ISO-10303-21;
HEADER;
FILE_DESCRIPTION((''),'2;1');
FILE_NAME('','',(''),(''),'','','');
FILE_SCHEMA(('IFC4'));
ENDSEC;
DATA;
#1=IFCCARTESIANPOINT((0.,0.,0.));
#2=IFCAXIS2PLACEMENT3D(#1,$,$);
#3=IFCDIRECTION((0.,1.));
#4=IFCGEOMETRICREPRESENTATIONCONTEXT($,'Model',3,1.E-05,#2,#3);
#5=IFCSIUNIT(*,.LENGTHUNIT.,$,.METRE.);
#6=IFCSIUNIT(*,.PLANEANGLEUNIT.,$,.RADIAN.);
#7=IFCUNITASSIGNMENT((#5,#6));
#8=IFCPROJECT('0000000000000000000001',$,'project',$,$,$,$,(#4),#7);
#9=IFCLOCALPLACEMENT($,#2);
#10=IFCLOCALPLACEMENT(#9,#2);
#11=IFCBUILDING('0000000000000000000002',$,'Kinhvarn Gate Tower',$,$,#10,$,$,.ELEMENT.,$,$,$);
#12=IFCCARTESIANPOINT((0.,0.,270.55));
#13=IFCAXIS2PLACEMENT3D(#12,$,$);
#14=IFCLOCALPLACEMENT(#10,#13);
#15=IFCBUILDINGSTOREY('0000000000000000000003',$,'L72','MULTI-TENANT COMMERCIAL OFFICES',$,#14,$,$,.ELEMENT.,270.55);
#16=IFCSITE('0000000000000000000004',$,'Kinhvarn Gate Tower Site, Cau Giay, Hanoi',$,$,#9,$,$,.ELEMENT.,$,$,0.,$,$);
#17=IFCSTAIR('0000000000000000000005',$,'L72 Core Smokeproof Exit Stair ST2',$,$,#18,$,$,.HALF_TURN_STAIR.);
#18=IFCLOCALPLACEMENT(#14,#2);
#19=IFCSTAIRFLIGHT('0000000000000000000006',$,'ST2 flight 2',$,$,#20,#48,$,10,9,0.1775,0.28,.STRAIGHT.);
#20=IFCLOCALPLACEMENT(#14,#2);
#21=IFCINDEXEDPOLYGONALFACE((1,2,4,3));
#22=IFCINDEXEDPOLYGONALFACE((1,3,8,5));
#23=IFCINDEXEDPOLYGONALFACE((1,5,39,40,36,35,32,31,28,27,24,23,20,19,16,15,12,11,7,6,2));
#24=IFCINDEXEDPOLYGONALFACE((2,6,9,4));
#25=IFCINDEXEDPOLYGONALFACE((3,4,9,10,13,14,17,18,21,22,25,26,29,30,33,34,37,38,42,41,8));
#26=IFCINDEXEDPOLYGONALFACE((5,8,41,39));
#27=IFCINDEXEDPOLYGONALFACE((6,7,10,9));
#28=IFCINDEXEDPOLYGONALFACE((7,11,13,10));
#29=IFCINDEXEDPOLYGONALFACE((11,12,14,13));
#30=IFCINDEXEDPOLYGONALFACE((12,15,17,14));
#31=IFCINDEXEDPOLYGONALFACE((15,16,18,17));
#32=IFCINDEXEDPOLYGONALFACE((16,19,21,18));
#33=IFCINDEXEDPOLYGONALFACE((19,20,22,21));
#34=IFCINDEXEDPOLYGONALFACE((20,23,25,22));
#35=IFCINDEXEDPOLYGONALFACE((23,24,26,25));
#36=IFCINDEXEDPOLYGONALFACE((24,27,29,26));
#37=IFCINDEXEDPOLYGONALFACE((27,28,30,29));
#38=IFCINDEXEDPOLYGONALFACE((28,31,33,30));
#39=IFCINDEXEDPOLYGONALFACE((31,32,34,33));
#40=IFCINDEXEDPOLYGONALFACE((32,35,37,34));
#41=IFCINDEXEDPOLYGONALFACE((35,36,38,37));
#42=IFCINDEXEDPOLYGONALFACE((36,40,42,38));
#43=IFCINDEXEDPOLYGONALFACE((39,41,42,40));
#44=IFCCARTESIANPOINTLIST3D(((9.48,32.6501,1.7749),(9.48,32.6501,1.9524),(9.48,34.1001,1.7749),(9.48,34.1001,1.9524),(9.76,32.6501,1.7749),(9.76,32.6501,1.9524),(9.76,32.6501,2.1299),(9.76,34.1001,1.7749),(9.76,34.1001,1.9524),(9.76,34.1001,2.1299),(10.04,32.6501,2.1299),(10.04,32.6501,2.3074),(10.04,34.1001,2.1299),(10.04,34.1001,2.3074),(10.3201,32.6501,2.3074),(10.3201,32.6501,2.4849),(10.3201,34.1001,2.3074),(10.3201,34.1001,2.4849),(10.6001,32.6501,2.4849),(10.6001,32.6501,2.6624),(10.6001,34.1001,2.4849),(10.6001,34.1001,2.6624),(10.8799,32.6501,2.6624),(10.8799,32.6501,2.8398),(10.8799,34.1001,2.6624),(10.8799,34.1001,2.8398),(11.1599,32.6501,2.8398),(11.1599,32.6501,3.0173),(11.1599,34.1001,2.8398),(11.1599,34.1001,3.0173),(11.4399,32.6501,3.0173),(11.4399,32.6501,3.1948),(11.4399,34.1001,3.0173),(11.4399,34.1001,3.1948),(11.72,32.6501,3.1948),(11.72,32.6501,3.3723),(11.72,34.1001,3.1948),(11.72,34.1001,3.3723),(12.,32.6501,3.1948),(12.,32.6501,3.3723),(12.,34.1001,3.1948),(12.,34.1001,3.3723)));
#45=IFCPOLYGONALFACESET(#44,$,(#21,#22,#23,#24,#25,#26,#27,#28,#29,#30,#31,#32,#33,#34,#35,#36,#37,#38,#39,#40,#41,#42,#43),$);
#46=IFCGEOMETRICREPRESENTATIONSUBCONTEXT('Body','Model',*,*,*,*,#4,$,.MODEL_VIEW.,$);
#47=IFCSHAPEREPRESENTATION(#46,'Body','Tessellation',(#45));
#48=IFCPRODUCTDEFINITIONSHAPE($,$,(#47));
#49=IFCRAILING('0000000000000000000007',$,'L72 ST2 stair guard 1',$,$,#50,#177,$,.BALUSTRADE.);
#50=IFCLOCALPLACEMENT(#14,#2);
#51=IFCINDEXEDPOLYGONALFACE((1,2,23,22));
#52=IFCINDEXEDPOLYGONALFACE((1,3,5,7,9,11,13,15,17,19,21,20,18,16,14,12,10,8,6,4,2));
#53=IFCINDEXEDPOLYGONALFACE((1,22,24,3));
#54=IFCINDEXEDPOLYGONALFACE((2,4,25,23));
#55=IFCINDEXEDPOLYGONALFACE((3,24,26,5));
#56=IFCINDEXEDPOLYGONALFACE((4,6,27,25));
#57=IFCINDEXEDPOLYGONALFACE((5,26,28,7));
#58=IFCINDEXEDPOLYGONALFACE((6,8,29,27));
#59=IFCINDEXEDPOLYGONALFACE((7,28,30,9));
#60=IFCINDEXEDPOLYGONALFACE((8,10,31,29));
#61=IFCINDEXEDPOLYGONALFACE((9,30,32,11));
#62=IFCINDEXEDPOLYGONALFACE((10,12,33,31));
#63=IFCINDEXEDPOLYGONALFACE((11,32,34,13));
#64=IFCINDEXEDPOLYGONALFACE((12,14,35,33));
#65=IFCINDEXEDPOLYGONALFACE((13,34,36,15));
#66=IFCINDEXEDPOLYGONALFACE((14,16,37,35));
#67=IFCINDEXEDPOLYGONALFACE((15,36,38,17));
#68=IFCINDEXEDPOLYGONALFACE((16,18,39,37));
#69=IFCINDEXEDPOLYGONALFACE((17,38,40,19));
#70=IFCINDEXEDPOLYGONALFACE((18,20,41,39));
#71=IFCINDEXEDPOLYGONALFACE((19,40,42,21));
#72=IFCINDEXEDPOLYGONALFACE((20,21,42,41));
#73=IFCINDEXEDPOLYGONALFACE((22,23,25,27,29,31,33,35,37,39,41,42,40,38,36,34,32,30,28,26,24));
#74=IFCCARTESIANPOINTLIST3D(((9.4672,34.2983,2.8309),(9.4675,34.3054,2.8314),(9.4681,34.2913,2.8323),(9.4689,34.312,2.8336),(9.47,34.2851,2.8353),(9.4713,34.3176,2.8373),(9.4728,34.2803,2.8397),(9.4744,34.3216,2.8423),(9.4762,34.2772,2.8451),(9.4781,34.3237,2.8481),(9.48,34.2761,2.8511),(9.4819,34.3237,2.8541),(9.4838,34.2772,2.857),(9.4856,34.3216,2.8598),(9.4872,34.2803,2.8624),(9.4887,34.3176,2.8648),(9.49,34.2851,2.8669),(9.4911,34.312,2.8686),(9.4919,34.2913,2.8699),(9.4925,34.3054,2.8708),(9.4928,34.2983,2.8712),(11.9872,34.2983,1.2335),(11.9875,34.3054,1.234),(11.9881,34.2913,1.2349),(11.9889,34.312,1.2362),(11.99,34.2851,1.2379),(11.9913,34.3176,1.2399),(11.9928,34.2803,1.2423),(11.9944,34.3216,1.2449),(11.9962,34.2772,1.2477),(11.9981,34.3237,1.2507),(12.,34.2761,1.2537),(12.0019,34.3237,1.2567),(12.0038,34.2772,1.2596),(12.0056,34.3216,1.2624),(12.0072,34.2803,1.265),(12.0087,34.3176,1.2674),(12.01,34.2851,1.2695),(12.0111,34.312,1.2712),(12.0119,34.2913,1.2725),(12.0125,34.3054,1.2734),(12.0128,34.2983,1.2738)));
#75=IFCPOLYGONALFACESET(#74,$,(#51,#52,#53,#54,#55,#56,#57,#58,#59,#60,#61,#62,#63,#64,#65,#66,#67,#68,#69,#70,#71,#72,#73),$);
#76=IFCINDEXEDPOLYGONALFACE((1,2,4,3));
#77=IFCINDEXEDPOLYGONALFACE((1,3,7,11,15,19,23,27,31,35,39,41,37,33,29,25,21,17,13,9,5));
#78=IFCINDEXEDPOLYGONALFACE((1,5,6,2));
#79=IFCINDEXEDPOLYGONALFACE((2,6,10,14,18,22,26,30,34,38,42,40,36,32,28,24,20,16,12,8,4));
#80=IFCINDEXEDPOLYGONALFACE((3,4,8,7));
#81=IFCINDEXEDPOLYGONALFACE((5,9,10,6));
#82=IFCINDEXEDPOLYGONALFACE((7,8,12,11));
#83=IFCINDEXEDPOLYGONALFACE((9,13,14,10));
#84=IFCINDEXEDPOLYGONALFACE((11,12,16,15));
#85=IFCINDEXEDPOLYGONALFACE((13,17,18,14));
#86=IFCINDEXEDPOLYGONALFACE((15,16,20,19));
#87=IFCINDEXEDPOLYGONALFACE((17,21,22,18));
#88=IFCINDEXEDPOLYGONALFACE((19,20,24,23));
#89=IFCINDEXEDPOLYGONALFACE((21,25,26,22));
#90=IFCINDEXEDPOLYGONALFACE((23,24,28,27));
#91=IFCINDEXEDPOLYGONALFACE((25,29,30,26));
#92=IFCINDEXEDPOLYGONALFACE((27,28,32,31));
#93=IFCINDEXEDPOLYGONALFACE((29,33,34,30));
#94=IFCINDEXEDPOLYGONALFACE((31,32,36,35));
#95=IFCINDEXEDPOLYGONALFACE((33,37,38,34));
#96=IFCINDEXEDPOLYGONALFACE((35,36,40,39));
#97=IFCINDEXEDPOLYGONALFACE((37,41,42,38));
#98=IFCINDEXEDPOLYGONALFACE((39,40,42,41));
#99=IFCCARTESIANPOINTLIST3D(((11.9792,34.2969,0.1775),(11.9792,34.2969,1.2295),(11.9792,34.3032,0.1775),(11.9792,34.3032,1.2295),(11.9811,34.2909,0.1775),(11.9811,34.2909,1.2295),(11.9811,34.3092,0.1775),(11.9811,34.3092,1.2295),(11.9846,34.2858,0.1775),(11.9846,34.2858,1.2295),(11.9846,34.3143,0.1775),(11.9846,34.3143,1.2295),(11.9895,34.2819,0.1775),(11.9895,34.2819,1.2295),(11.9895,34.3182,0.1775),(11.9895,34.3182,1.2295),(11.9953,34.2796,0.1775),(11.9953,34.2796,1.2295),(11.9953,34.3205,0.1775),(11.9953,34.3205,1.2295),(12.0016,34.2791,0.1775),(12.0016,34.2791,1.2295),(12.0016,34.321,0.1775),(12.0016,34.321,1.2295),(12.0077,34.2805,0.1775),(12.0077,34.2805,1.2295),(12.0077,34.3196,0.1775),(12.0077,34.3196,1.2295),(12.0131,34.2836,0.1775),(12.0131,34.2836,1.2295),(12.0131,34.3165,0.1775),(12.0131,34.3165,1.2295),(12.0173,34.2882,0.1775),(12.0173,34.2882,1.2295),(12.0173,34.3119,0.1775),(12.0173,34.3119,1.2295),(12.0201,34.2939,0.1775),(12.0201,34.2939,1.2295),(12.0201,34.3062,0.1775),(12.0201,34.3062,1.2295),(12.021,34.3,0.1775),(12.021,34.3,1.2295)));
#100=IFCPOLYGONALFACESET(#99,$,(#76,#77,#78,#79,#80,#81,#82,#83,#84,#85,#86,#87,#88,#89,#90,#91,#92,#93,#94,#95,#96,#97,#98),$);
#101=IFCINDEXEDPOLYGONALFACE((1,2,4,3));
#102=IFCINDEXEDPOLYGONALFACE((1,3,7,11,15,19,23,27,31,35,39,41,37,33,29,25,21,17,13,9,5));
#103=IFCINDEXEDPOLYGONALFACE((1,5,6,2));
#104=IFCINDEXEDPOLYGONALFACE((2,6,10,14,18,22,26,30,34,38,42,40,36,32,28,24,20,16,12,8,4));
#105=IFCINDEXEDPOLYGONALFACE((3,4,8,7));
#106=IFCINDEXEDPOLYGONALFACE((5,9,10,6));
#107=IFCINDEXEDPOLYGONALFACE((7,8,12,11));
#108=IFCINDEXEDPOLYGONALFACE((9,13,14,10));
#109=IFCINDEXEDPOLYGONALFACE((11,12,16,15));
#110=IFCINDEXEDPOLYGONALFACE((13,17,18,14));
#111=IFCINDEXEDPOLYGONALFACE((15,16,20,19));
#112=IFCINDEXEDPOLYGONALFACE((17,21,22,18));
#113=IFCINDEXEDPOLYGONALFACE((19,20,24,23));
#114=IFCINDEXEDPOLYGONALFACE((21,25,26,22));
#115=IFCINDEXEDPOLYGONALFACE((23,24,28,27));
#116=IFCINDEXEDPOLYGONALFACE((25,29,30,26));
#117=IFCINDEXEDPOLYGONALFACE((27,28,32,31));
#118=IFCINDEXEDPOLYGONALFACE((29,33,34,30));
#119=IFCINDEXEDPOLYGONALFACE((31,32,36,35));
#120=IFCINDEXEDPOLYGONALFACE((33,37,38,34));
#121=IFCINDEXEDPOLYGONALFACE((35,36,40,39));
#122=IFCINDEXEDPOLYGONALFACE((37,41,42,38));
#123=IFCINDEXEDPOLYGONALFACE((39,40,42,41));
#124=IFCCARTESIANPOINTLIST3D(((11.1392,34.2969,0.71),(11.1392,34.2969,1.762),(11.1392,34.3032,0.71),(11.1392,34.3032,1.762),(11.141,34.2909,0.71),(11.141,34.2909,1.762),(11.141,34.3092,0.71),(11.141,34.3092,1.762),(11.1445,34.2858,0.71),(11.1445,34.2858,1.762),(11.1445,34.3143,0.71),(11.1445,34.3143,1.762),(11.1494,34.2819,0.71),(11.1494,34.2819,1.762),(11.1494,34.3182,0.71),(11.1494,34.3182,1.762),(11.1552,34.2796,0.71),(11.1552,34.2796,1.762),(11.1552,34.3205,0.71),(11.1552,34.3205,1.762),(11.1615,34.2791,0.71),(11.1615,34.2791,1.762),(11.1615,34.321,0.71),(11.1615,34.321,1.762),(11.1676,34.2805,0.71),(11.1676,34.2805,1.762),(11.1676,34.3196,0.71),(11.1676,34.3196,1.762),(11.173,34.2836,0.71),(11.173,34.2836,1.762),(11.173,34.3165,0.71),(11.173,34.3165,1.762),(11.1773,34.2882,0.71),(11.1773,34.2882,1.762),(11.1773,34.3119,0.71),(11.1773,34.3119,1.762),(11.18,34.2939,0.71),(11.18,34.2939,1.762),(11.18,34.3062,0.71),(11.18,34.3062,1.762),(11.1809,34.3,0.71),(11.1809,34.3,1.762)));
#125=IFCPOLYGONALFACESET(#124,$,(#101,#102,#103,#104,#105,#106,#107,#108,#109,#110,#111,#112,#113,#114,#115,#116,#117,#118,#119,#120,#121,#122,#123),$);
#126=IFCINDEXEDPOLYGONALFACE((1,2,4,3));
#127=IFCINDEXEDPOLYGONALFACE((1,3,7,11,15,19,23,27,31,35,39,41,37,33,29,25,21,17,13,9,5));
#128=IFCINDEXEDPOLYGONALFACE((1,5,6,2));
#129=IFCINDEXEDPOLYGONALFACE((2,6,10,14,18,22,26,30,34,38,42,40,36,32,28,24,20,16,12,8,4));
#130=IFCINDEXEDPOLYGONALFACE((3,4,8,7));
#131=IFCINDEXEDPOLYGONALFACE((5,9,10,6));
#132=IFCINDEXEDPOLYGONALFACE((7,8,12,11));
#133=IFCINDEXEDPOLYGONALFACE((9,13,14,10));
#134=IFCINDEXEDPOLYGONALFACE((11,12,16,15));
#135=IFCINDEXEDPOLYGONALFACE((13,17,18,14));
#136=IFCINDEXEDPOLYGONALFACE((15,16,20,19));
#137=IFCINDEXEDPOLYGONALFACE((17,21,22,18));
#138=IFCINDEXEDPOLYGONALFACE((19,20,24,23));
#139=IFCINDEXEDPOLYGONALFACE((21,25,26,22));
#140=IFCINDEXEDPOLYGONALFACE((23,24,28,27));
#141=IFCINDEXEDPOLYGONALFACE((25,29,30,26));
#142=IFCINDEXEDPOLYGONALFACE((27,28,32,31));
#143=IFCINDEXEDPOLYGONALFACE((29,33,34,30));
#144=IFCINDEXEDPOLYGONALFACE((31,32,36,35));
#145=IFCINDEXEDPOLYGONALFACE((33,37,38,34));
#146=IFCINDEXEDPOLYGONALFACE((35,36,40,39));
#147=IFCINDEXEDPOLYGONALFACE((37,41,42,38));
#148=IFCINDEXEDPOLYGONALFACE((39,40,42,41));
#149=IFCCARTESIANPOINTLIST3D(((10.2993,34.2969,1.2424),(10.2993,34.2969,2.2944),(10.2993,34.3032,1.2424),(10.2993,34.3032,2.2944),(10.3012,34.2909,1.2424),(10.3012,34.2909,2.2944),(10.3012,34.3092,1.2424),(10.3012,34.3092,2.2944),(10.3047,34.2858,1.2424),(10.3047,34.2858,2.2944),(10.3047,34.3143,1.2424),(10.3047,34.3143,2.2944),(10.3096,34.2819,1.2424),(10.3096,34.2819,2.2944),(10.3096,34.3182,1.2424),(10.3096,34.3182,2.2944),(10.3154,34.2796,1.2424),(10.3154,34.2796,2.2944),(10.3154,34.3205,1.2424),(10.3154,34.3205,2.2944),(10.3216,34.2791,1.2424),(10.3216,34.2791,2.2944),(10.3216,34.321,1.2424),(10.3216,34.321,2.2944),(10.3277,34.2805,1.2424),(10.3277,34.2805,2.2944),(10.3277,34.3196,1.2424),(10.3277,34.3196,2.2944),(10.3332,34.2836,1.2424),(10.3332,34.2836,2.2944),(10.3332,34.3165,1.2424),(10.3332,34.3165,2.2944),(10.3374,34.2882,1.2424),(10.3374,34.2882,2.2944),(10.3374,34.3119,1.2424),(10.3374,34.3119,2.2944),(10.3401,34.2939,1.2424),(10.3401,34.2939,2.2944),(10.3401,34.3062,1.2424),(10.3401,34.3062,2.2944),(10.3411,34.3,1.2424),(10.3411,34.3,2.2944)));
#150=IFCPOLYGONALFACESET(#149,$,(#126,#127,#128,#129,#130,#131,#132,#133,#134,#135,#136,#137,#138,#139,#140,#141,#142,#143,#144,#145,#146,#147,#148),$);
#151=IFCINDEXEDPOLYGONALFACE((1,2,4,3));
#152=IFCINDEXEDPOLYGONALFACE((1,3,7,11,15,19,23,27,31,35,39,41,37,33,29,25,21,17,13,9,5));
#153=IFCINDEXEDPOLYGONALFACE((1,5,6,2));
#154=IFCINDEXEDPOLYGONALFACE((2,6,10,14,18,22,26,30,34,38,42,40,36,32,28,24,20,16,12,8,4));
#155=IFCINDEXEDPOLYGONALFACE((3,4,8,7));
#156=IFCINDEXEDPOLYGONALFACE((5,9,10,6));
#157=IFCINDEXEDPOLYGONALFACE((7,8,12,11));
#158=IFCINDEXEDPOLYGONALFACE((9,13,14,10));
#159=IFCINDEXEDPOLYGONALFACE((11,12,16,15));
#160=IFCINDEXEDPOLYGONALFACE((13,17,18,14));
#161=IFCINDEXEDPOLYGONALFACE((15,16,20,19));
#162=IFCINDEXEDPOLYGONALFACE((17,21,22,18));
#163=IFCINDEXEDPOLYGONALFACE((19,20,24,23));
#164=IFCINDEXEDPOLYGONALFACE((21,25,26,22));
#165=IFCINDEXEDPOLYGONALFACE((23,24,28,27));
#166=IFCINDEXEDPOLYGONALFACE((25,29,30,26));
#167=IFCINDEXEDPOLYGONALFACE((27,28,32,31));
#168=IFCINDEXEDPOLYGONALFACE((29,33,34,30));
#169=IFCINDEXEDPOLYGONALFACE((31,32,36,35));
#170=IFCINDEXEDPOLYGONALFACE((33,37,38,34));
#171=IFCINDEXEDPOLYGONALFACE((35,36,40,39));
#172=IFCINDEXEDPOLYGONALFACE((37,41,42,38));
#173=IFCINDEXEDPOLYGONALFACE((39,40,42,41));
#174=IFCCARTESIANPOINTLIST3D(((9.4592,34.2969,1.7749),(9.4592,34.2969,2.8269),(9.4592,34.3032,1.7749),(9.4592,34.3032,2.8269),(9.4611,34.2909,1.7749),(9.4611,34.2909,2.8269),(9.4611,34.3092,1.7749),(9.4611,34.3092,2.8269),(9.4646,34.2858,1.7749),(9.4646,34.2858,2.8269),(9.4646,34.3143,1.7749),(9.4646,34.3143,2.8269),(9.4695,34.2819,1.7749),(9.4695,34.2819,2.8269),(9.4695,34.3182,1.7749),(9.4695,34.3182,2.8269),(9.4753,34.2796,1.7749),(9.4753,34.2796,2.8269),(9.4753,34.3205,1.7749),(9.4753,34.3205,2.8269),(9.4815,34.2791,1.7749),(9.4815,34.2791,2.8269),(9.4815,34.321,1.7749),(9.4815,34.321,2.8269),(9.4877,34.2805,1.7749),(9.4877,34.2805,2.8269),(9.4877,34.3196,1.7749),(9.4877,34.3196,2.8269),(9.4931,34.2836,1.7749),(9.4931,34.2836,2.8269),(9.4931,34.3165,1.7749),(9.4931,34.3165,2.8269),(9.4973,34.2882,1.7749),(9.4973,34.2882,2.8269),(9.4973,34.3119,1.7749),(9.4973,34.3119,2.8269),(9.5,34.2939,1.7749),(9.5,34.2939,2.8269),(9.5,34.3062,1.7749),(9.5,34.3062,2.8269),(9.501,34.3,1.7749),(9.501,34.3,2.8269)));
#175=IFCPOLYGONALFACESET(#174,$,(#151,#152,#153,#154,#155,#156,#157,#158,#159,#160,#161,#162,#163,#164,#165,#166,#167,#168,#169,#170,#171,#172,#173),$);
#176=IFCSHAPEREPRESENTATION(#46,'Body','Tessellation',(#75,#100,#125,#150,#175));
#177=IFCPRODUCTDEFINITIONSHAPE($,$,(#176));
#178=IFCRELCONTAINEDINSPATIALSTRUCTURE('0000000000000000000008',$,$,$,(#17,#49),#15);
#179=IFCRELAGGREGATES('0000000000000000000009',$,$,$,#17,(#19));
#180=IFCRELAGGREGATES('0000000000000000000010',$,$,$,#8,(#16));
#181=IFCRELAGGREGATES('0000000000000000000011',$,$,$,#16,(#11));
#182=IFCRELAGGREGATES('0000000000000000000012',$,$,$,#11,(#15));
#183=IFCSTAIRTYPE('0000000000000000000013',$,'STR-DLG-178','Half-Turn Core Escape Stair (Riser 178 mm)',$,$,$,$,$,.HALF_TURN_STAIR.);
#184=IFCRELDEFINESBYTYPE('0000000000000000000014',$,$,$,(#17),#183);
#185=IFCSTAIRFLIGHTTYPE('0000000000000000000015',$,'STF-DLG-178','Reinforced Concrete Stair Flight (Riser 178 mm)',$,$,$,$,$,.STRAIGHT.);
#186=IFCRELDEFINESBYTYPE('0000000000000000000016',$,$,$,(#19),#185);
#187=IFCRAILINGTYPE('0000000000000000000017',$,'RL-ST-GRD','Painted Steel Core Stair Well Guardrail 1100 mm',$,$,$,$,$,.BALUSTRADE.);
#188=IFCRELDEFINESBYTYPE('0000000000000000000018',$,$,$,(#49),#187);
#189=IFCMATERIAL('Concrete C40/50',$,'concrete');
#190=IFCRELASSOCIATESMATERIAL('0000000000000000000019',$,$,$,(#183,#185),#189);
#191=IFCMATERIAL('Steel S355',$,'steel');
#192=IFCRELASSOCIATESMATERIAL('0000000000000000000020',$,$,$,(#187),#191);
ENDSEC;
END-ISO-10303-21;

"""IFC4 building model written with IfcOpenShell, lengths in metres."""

from ifc_helpers import new_model, si_unit, direction, frame, origin, origin_2d, place, context, subcontext, project, spatial, polyline, circle, outline, extrude, material, type_object, element, aggregate, save


model = new_model("IFC4")

# Units and contexts
model_context = context("Model", 3, precision=1e-05, world=origin(), true_north=direction((0.0, 1.0)))
body_context = subcontext(model_context, "Body", "Model", "MODEL_VIEW")
ifc_project = project(units=[si_unit("LENGTHUNIT", "METRE"), si_unit("PLANEANGLEUNIT", "RADIAN")], contexts=[model_context])

# Site, building, storey
site_placement = place(None, origin())
site = spatial("IfcSite", under=ifc_project, at=site_placement, Name="Kinhvarn Gate Tower Site, Cau Giay, Hanoi", CompositionType="ELEMENT", RefElevation=0.0)
building_placement = place(site_placement, origin())
building = spatial("IfcBuilding", under=site, at=building_placement, Name="Kinhvarn Gate Tower", CompositionType="ELEMENT")
storey_placement = place(building_placement, frame((0.0, 0.0, 270.55)))
storey = spatial("IfcBuildingStorey", under=building, at=storey_placement, Name="L72", Description="MULTI-TENANT COMMERCIAL OFFICES", CompositionType="ELEMENT", Elevation=270.55)

# Shared definitions
ifc_material_1 = material(Name="Concrete C40/50", Category="concrete")

# Stair, stair flight
stair_type = type_object("IfcStairType", Name="STR-DLG-178", Description="Half-Turn Core Escape Stair (Riser 178 mm)", PredefinedType="HALF_TURN_STAIR", material=ifc_material_1)
stair_placement = place(storey_placement, origin())
stair = element("IfcStair", 1, at=stair_placement, inside=storey, type_object=stair_type, Name="L72 Core Smokeproof Exit Stair ST2", PredefinedType="HALF_TURN_STAIR")
stair_flight_type = type_object("IfcStairFlightType", Name="STF-DLG-178", Description="Reinforced Concrete Stair Flight (Riser 178 mm)", PredefinedType="STRAIGHT", material=ifc_material_1)
stair_flight_placement = place(storey_placement, frame((9.48, 33.375, 1.7749), z_axis=(0.0, 0.0, 1.0), x_axis=(1.0, 0.0, 0.0)))
stair_flight = element("IfcStairFlight", 2, at=stair_flight_placement, type_object=stair_flight_type, Name="ST2 flight 2", NumberOfRisers=10, NumberOfTreads=9, PredefinedType="STRAIGHT", RiserHeight=0.1775, TreadLength=0.28, context=body_context, shape_type="SweptSolid", body=[
    extrude(outline(polyline([(0.0, 0.0), (0.0, 0.1775), (0.28, 0.1775), (0.28, 0.355), (0.5601, 0.355), (0.5601, 0.5325), (0.8401, 0.5325), (0.8401, 0.71), (1.1201, 0.71), (1.1201, 0.8875), (1.3999, 0.8875), (1.3999, 1.0649), (1.6799, 1.0649), (1.6799, 1.2424), (1.96, 1.2424), (1.96, 1.4199), (2.24, 1.4199), (2.24, 1.5974), (2.52, 1.5974), (2.52, 1.7749), (2.52, 1.4199), (0.28, 0.0), (0.0, 0.0)])), frame((0.0, 0.7251, 0.0), z_axis=(0.0, -1.0, 0.0), x_axis=(1.0, 0.0, 0.0)), (0.0, 0.0, 1.0), 1.45),
])
aggregate(stair, [stair_flight])

# Railing
ifc_material_2 = material(Name="Steel S355", Category="steel")
railing_type_1 = type_object("IfcRailingType", Name="RL-ST-GRD", Description="Painted Steel Core Stair Well Guardrail 1100 mm", PredefinedType="BALUSTRADE", material=ifc_material_2)
railing_1_placement = place(storey_placement, frame((12.0, 34.3, 0.1775)))
element("IfcRailing", 3, at=railing_1_placement, inside=storey, type_object=railing_type_1, Name="L72 ST2 stair guard 1", PredefinedType="BALUSTRADE", context=body_context, shape_type="SweptSolid", body=[
    extrude(circle(Radius=0.0239, at=origin_2d()), frame((0.0, 0.0, 1.0762), z_axis=(-0.844607, 0.0, 0.535387), x_axis=(0.0, -1.0, 0.0)), (0.0, 0.0, 1.0), 2.9836),
    extrude(circle(Radius=0.021, at=origin_2d()), origin(), (0.0, 0.0, 1.0), 1.052),
    extrude(circle(Radius=0.021, at=origin_2d()), frame((-0.8401, 0.0, 0.5325)), (0.0, 0.0, 1.0), 1.052),
    extrude(circle(Radius=0.021, at=origin_2d()), frame((-1.6799, 0.0, 1.0649)), (0.0, 0.0, 1.0), 1.052),
    extrude(circle(Radius=0.021, at=origin_2d()), frame((-2.52, 0.0, 1.5974)), (0.0, 0.0, 1.0), 1.052),
])

save(model, "model.ifc")
